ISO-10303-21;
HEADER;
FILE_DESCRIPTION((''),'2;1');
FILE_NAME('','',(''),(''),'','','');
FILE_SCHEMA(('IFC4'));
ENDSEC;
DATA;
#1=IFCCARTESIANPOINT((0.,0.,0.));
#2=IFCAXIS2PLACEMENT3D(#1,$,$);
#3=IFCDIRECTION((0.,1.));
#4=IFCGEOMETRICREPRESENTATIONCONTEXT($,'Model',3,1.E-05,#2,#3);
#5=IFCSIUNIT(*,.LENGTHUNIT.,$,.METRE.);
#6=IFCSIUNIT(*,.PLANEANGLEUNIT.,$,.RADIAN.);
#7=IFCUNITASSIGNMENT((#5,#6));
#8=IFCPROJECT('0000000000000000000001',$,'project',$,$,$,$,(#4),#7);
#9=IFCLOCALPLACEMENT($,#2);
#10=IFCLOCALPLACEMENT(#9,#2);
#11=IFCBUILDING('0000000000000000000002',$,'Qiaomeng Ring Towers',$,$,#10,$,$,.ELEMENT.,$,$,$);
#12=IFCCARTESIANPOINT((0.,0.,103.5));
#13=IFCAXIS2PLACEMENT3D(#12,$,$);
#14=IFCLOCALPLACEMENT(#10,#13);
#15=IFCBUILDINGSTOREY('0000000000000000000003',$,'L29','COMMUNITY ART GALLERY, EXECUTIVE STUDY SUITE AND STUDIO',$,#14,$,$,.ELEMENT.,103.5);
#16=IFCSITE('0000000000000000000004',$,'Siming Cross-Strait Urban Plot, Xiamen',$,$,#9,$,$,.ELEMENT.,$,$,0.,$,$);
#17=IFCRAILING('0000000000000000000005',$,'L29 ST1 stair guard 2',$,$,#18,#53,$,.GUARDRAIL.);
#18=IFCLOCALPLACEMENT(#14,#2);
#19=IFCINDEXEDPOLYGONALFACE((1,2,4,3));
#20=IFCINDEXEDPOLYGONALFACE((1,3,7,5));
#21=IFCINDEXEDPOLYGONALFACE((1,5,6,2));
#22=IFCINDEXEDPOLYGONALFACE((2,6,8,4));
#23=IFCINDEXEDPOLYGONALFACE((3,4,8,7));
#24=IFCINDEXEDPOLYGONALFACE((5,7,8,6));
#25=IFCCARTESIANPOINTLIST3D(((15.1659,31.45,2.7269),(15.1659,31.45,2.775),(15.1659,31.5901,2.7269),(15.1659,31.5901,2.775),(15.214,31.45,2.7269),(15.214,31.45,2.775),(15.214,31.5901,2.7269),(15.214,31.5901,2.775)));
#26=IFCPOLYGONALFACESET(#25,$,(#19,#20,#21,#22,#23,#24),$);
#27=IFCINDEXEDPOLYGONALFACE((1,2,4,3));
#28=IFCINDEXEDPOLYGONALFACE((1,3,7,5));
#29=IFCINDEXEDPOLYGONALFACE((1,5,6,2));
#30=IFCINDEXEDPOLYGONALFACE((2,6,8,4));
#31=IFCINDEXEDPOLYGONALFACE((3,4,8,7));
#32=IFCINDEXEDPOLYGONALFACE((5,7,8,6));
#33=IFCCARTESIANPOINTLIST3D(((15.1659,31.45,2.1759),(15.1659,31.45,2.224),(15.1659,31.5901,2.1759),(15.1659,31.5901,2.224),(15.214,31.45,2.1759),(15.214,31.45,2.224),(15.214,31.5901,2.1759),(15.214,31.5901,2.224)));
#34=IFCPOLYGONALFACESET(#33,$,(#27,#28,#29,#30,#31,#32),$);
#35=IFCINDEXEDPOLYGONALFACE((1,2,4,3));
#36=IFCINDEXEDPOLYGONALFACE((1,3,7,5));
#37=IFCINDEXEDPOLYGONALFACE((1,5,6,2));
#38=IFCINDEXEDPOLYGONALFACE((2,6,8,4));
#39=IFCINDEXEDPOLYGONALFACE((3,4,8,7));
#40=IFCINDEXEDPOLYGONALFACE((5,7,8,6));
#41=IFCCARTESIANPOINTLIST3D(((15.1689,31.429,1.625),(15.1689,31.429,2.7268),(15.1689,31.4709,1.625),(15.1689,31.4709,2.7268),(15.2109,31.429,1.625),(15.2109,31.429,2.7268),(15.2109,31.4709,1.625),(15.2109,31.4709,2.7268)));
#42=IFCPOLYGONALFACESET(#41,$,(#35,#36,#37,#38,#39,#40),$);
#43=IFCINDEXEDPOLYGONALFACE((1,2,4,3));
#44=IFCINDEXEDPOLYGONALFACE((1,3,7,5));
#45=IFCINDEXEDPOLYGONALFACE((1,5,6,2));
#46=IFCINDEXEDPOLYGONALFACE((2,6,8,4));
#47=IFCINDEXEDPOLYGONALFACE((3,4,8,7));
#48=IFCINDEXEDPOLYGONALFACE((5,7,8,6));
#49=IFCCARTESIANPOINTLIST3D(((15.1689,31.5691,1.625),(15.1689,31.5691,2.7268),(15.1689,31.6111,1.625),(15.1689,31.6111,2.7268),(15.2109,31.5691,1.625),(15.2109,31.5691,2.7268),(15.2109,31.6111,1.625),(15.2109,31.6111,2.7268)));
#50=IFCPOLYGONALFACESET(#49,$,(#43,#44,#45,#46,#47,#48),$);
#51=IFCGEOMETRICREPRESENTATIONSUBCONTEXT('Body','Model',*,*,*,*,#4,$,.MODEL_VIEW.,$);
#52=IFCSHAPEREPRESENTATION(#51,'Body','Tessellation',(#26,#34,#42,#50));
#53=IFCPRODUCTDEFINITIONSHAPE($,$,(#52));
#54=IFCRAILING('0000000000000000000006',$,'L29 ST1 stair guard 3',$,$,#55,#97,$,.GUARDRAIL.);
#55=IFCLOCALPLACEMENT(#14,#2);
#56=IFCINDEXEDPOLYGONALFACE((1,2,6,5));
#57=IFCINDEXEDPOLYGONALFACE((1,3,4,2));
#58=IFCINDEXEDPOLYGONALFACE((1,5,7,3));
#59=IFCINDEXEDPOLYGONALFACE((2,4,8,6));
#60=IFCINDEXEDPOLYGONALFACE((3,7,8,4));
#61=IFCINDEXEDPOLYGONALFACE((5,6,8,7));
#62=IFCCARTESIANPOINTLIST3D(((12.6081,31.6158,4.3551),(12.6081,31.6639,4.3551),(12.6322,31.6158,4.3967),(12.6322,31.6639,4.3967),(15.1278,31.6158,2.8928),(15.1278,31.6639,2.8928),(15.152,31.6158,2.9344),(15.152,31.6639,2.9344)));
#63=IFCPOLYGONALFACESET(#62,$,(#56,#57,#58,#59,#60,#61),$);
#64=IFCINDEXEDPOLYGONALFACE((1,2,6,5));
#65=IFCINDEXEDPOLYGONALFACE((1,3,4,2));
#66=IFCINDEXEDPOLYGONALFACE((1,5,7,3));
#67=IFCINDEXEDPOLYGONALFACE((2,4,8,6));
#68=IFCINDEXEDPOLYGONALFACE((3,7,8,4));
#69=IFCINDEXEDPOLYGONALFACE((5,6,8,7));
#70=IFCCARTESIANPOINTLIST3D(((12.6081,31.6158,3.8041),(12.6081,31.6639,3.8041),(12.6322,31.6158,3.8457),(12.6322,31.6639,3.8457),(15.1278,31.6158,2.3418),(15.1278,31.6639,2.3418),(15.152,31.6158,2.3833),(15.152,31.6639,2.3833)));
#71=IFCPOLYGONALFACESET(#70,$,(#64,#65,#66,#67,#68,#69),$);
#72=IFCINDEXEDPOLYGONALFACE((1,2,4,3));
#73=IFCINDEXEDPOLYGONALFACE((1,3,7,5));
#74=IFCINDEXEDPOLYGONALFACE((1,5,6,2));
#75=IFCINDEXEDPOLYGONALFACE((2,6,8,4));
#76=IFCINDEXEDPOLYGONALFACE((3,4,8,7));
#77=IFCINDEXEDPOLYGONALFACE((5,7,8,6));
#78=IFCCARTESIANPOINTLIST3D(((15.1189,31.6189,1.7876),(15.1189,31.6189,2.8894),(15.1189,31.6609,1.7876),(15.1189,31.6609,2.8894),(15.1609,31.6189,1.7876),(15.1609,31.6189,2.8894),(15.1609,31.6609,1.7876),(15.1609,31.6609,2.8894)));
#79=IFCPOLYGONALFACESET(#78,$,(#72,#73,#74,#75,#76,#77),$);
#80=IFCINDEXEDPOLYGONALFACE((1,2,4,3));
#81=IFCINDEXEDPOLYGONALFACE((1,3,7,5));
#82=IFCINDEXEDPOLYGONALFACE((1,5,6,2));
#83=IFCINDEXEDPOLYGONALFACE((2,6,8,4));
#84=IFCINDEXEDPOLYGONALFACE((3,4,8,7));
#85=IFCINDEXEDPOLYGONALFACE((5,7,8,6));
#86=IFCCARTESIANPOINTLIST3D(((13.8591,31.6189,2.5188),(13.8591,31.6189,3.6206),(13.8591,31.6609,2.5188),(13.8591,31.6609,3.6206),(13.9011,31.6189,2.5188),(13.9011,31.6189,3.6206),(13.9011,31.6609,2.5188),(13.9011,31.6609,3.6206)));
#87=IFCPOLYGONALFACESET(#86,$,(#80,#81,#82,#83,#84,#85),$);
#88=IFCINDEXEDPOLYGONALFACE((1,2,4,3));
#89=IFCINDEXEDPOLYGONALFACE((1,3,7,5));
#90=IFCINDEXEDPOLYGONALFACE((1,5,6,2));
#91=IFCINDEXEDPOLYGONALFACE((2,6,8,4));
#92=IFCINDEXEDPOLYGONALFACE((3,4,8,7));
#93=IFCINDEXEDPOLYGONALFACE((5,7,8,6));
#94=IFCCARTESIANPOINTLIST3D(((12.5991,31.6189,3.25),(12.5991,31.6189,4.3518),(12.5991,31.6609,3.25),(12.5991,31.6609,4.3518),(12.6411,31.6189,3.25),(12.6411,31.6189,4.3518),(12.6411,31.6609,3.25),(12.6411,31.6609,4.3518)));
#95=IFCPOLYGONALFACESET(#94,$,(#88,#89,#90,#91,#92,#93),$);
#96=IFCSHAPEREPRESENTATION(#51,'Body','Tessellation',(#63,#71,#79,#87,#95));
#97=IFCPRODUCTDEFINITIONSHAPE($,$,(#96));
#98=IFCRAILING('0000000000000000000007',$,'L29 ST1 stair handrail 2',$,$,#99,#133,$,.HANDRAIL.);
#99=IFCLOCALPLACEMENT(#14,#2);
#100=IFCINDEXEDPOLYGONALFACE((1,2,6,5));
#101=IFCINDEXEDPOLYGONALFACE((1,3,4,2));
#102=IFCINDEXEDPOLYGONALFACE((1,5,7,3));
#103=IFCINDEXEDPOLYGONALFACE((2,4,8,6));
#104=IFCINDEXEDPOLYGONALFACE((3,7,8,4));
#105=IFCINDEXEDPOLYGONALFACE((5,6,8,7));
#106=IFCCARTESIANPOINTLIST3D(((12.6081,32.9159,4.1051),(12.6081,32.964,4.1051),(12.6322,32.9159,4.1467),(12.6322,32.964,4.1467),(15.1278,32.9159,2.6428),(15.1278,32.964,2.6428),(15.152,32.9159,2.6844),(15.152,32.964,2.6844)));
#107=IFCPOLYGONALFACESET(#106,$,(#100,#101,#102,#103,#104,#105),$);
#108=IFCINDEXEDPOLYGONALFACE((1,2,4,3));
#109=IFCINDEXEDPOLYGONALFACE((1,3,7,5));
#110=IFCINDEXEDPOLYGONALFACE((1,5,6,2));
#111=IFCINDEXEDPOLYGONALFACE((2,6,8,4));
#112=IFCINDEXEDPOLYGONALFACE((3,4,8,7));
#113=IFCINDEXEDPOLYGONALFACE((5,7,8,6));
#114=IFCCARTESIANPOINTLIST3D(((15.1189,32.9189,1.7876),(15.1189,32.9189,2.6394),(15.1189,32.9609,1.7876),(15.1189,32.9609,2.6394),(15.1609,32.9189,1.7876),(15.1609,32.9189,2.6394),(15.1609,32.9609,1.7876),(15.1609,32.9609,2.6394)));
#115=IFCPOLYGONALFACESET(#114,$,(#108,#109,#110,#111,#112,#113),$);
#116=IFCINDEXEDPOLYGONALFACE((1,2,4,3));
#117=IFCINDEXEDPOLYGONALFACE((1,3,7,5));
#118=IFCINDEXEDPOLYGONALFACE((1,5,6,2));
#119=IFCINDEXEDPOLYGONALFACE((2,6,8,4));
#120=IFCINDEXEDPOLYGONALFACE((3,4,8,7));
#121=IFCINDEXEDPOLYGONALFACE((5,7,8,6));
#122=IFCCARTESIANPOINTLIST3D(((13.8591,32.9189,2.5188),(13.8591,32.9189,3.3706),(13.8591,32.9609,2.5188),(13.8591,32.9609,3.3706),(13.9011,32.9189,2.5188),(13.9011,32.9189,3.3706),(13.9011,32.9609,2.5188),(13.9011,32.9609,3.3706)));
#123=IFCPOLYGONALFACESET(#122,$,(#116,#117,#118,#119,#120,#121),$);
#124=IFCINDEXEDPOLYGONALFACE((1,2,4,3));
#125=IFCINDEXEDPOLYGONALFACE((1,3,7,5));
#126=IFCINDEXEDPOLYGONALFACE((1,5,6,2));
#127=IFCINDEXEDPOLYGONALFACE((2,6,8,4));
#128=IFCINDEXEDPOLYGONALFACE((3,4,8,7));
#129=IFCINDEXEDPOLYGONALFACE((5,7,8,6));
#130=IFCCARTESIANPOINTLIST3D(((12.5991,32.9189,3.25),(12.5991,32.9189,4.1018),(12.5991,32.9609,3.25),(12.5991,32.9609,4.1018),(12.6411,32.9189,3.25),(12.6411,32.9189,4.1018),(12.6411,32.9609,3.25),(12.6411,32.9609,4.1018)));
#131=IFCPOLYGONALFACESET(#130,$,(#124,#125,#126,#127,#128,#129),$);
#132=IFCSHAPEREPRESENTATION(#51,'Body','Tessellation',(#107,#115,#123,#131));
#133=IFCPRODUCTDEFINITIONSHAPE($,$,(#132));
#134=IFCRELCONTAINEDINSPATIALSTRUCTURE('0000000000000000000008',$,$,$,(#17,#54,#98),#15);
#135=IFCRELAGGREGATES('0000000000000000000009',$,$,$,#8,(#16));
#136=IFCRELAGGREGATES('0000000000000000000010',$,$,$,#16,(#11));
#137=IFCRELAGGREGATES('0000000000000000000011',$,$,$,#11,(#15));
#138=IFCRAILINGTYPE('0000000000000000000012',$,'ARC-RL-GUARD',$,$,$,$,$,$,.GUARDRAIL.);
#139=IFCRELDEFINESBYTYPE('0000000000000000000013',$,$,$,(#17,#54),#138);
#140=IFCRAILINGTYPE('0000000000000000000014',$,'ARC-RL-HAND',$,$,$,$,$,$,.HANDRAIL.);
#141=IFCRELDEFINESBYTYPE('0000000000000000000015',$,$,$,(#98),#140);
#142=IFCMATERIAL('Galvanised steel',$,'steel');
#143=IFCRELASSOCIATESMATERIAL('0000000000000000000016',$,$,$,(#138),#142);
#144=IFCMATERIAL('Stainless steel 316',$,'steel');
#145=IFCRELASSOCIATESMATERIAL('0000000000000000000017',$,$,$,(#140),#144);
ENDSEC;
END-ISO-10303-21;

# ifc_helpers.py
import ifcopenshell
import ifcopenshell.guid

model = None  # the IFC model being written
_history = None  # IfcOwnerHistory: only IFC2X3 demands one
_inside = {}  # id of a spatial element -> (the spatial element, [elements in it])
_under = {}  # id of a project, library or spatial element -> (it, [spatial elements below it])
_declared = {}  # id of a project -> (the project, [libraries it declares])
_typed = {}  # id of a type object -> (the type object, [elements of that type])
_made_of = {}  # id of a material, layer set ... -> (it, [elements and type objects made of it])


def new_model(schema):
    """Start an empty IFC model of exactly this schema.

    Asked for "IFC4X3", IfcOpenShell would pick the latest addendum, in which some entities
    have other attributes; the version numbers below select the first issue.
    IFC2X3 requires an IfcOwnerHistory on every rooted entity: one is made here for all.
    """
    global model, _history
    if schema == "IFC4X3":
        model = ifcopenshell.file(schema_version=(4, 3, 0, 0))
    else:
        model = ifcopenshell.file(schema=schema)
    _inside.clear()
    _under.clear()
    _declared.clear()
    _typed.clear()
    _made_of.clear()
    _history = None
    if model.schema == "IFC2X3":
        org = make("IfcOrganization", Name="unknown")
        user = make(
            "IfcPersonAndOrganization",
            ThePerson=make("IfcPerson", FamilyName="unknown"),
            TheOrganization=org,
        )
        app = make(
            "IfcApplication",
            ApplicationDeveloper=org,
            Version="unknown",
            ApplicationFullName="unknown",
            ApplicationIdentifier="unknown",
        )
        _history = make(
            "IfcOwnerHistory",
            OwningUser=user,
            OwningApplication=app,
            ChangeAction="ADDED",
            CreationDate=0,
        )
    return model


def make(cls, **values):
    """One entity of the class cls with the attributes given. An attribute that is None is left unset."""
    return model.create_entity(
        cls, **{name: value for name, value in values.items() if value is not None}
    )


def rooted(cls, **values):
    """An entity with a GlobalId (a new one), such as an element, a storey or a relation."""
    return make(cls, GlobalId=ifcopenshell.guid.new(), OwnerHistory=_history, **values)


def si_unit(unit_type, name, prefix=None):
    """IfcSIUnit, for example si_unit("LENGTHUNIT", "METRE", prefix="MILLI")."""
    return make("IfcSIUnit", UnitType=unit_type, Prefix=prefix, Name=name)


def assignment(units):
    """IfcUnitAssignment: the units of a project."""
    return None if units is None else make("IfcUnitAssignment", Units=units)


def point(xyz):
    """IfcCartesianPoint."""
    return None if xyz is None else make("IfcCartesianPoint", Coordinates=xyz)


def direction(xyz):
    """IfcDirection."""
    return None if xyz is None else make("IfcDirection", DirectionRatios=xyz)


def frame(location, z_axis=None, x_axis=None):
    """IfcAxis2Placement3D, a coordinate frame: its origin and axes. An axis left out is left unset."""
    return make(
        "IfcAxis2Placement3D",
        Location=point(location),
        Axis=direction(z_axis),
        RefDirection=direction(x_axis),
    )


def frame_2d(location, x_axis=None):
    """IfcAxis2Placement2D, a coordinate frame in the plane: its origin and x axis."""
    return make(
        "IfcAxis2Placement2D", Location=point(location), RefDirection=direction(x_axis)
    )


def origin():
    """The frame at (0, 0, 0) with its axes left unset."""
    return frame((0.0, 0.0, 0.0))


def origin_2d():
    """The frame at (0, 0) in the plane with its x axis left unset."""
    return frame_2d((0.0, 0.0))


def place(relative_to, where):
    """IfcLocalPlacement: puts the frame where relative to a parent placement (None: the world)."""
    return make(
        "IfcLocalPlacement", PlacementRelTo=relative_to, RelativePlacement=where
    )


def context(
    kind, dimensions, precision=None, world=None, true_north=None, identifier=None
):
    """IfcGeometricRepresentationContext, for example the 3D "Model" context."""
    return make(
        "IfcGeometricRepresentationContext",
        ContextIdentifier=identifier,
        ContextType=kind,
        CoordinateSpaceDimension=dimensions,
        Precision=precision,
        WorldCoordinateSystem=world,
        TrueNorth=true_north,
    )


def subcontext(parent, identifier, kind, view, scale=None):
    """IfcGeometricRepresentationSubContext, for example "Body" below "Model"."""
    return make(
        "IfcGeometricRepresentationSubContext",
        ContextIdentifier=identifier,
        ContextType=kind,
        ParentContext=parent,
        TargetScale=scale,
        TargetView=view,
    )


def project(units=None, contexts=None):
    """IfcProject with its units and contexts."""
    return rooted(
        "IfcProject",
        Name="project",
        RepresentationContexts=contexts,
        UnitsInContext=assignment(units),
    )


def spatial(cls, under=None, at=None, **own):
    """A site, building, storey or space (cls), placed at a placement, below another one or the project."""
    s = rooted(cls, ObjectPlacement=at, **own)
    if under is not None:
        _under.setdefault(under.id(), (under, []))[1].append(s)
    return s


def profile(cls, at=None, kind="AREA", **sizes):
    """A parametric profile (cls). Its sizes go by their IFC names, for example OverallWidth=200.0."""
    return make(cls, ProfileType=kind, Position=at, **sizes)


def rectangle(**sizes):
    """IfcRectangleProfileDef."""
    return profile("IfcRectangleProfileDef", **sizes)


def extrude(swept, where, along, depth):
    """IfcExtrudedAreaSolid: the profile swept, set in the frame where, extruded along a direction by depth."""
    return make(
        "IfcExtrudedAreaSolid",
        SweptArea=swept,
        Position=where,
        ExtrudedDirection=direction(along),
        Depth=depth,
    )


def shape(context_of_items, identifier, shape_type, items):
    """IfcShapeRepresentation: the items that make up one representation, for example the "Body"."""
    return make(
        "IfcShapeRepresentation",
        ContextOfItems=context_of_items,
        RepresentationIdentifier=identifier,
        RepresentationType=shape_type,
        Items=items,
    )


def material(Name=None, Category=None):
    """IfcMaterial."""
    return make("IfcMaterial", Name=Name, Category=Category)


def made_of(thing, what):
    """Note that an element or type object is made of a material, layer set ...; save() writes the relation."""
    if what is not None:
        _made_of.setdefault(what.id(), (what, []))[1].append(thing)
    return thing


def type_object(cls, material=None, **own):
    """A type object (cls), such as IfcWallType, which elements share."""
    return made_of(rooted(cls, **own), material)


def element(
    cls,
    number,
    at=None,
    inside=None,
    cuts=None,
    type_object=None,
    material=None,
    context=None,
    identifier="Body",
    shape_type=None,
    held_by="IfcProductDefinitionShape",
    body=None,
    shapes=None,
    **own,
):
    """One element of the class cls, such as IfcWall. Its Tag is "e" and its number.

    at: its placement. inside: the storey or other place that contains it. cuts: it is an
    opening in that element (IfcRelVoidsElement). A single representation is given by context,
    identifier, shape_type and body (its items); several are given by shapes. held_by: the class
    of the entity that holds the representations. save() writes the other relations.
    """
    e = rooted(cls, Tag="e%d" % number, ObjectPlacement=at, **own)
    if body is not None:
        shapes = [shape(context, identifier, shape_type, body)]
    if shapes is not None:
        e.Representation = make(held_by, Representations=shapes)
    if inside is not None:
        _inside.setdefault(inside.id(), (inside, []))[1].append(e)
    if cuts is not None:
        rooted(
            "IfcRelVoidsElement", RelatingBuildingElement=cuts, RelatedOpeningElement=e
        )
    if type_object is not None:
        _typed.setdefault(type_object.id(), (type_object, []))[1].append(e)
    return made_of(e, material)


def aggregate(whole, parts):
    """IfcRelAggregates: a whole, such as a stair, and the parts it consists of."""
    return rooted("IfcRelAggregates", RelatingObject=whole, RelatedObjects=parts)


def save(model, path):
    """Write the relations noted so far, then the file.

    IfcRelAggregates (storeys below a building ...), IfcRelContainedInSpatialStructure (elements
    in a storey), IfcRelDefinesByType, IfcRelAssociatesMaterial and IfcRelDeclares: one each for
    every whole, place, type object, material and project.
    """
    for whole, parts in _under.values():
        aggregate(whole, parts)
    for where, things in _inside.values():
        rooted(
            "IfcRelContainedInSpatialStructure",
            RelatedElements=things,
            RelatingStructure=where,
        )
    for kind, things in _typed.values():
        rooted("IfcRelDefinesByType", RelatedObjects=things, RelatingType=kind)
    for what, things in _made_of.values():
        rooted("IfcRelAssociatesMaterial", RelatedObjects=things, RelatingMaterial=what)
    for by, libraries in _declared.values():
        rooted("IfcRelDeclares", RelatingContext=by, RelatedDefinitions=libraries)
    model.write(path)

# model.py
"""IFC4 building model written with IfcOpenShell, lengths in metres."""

from ifc_helpers import new_model, si_unit, direction, frame, origin, origin_2d, place, context, subcontext, project, spatial, rectangle, extrude, material, type_object, element, save


model = new_model("IFC4")

# Units and contexts
model_context = context("Model", 3, precision=1e-05, world=origin(), true_north=direction((0.0, 1.0)))
body_context = subcontext(model_context, "Body", "Model", "MODEL_VIEW")
ifc_project = project(units=[si_unit("LENGTHUNIT", "METRE"), si_unit("PLANEANGLEUNIT", "RADIAN")], contexts=[model_context])

# Site, building, storey
site_placement = place(None, origin())
site = spatial("IfcSite", under=ifc_project, at=site_placement, Name="Siming Cross-Strait Urban Plot, Xiamen", CompositionType="ELEMENT", RefElevation=0.0)
building_placement = place(site_placement, origin())
building = spatial("IfcBuilding", under=site, at=building_placement, Name="Qiaomeng Ring Towers", CompositionType="ELEMENT")
storey_placement = place(building_placement, frame((0.0, 0.0, 103.5)))
storey = spatial("IfcBuildingStorey", under=building, at=storey_placement, Name="L29", Description="COMMUNITY ART GALLERY, EXECUTIVE STUDY SUITE AND STUDIO", CompositionType="ELEMENT", Elevation=103.5)

# Shared definitions
ifc_material_1 = material(Name="Galvanised steel", Category="steel")

# Shared definitions
ifc_material_2 = material(Name="Stainless steel 316", Category="steel")

# Railings
railing_type_1 = type_object("IfcRailingType", Name="ARC-RL-GUARD", PredefinedType="GUARDRAIL", material=ifc_material_1)
railing_1_placement = place(storey_placement, frame((15.1899, 31.45, 1.625)))
element("IfcRailing", 1, at=railing_1_placement, inside=storey, type_object=railing_type_1, Name="L29 ST1 stair guard 2", PredefinedType="GUARDRAIL", context=body_context, shape_type="SweptSolid", body=[
    extrude(rectangle(XDim=0.0481, YDim=0.0481, at=origin_2d()), frame((0.0, 0.0, 1.126), z_axis=(0.0, 1.0, 0.0), x_axis=(-1.0, 0.0, 0.0)), (0.0, 0.0, 1.0), 0.1401),
    extrude(rectangle(XDim=0.0481, YDim=0.0481, at=origin_2d()), frame((0.0, 0.0, 0.575), z_axis=(0.0, 1.0, 0.0), x_axis=(-1.0, 0.0, 0.0)), (0.0, 0.0, 1.0), 0.1401),
    extrude(rectangle(XDim=0.042, YDim=0.042, at=origin_2d()), origin(), (0.0, 0.0, 1.0), 1.1018),
    extrude(rectangle(XDim=0.042, YDim=0.042, at=origin_2d()), frame((0.0, 0.1401, 0.0)), (0.0, 0.0, 1.0), 1.1018),
])
railing_2_placement = place(storey_placement, frame((15.1399, 31.6399, 1.7876)))
element("IfcRailing", 2, at=railing_2_placement, inside=storey, type_object=railing_type_1, Name="L29 ST1 stair guard 3", PredefinedType="GUARDRAIL", context=body_context, shape_type="SweptSolid", body=[
    extrude(rectangle(XDim=0.0481, YDim=0.0481, at=origin_2d()), frame((0.0, 0.0, 1.126), z_axis=(-0.864892, 0.0, 0.501958), x_axis=(0.0, -1.0, 0.0)), (0.0, 0.0, 1.0), 2.9133),
    extrude(rectangle(XDim=0.0481, YDim=0.0481, at=origin_2d()), frame((0.0, 0.0, 0.575), z_axis=(-0.864892, 0.0, 0.501958), x_axis=(0.0, -1.0, 0.0)), (0.0, 0.0, 1.0), 2.9133),
    extrude(rectangle(XDim=0.042, YDim=0.042, at=origin_2d()), origin(), (0.0, 0.0, 1.0), 1.1018),
    extrude(rectangle(XDim=0.042, YDim=0.042, at=origin_2d()), frame((-1.2598, 0.0, 0.7312)), (0.0, 0.0, 1.0), 1.1018),
    extrude(rectangle(XDim=0.042, YDim=0.042, at=origin_2d()), frame((-2.5198, 0.0, 1.4624)), (0.0, 0.0, 1.0), 1.1018),
])
railing_type_2 = type_object("IfcRailingType", Name="ARC-RL-HAND", PredefinedType="HANDRAIL", material=ifc_material_2)
railing_3_placement = place(storey_placement, frame((15.1399, 32.9399, 1.7876)))
element("IfcRailing", 3, at=railing_3_placement, inside=storey, type_object=railing_type_2, Name="L29 ST1 stair handrail 2", PredefinedType="HANDRAIL", context=body_context, shape_type="SweptSolid", body=[
    extrude(rectangle(XDim=0.0481, YDim=0.0481, at=origin_2d()), frame((0.0, 0.0, 0.876), z_axis=(-0.864892, 0.0, 0.501958), x_axis=(0.0, -1.0, 0.0)), (0.0, 0.0, 1.0), 2.9133),
    extrude(rectangle(XDim=0.042, YDim=0.042, at=origin_2d()), origin(), (0.0, 0.0, 1.0), 0.8518),
    extrude(rectangle(XDim=0.042, YDim=0.042, at=origin_2d()), frame((-1.2598, 0.0, 0.7312)), (0.0, 0.0, 1.0), 0.8518),
    extrude(rectangle(XDim=0.042, YDim=0.042, at=origin_2d()), frame((-2.5198, 0.0, 1.4624)), (0.0, 0.0, 1.0), 0.8518),
])

save(model, "model.ifc")
